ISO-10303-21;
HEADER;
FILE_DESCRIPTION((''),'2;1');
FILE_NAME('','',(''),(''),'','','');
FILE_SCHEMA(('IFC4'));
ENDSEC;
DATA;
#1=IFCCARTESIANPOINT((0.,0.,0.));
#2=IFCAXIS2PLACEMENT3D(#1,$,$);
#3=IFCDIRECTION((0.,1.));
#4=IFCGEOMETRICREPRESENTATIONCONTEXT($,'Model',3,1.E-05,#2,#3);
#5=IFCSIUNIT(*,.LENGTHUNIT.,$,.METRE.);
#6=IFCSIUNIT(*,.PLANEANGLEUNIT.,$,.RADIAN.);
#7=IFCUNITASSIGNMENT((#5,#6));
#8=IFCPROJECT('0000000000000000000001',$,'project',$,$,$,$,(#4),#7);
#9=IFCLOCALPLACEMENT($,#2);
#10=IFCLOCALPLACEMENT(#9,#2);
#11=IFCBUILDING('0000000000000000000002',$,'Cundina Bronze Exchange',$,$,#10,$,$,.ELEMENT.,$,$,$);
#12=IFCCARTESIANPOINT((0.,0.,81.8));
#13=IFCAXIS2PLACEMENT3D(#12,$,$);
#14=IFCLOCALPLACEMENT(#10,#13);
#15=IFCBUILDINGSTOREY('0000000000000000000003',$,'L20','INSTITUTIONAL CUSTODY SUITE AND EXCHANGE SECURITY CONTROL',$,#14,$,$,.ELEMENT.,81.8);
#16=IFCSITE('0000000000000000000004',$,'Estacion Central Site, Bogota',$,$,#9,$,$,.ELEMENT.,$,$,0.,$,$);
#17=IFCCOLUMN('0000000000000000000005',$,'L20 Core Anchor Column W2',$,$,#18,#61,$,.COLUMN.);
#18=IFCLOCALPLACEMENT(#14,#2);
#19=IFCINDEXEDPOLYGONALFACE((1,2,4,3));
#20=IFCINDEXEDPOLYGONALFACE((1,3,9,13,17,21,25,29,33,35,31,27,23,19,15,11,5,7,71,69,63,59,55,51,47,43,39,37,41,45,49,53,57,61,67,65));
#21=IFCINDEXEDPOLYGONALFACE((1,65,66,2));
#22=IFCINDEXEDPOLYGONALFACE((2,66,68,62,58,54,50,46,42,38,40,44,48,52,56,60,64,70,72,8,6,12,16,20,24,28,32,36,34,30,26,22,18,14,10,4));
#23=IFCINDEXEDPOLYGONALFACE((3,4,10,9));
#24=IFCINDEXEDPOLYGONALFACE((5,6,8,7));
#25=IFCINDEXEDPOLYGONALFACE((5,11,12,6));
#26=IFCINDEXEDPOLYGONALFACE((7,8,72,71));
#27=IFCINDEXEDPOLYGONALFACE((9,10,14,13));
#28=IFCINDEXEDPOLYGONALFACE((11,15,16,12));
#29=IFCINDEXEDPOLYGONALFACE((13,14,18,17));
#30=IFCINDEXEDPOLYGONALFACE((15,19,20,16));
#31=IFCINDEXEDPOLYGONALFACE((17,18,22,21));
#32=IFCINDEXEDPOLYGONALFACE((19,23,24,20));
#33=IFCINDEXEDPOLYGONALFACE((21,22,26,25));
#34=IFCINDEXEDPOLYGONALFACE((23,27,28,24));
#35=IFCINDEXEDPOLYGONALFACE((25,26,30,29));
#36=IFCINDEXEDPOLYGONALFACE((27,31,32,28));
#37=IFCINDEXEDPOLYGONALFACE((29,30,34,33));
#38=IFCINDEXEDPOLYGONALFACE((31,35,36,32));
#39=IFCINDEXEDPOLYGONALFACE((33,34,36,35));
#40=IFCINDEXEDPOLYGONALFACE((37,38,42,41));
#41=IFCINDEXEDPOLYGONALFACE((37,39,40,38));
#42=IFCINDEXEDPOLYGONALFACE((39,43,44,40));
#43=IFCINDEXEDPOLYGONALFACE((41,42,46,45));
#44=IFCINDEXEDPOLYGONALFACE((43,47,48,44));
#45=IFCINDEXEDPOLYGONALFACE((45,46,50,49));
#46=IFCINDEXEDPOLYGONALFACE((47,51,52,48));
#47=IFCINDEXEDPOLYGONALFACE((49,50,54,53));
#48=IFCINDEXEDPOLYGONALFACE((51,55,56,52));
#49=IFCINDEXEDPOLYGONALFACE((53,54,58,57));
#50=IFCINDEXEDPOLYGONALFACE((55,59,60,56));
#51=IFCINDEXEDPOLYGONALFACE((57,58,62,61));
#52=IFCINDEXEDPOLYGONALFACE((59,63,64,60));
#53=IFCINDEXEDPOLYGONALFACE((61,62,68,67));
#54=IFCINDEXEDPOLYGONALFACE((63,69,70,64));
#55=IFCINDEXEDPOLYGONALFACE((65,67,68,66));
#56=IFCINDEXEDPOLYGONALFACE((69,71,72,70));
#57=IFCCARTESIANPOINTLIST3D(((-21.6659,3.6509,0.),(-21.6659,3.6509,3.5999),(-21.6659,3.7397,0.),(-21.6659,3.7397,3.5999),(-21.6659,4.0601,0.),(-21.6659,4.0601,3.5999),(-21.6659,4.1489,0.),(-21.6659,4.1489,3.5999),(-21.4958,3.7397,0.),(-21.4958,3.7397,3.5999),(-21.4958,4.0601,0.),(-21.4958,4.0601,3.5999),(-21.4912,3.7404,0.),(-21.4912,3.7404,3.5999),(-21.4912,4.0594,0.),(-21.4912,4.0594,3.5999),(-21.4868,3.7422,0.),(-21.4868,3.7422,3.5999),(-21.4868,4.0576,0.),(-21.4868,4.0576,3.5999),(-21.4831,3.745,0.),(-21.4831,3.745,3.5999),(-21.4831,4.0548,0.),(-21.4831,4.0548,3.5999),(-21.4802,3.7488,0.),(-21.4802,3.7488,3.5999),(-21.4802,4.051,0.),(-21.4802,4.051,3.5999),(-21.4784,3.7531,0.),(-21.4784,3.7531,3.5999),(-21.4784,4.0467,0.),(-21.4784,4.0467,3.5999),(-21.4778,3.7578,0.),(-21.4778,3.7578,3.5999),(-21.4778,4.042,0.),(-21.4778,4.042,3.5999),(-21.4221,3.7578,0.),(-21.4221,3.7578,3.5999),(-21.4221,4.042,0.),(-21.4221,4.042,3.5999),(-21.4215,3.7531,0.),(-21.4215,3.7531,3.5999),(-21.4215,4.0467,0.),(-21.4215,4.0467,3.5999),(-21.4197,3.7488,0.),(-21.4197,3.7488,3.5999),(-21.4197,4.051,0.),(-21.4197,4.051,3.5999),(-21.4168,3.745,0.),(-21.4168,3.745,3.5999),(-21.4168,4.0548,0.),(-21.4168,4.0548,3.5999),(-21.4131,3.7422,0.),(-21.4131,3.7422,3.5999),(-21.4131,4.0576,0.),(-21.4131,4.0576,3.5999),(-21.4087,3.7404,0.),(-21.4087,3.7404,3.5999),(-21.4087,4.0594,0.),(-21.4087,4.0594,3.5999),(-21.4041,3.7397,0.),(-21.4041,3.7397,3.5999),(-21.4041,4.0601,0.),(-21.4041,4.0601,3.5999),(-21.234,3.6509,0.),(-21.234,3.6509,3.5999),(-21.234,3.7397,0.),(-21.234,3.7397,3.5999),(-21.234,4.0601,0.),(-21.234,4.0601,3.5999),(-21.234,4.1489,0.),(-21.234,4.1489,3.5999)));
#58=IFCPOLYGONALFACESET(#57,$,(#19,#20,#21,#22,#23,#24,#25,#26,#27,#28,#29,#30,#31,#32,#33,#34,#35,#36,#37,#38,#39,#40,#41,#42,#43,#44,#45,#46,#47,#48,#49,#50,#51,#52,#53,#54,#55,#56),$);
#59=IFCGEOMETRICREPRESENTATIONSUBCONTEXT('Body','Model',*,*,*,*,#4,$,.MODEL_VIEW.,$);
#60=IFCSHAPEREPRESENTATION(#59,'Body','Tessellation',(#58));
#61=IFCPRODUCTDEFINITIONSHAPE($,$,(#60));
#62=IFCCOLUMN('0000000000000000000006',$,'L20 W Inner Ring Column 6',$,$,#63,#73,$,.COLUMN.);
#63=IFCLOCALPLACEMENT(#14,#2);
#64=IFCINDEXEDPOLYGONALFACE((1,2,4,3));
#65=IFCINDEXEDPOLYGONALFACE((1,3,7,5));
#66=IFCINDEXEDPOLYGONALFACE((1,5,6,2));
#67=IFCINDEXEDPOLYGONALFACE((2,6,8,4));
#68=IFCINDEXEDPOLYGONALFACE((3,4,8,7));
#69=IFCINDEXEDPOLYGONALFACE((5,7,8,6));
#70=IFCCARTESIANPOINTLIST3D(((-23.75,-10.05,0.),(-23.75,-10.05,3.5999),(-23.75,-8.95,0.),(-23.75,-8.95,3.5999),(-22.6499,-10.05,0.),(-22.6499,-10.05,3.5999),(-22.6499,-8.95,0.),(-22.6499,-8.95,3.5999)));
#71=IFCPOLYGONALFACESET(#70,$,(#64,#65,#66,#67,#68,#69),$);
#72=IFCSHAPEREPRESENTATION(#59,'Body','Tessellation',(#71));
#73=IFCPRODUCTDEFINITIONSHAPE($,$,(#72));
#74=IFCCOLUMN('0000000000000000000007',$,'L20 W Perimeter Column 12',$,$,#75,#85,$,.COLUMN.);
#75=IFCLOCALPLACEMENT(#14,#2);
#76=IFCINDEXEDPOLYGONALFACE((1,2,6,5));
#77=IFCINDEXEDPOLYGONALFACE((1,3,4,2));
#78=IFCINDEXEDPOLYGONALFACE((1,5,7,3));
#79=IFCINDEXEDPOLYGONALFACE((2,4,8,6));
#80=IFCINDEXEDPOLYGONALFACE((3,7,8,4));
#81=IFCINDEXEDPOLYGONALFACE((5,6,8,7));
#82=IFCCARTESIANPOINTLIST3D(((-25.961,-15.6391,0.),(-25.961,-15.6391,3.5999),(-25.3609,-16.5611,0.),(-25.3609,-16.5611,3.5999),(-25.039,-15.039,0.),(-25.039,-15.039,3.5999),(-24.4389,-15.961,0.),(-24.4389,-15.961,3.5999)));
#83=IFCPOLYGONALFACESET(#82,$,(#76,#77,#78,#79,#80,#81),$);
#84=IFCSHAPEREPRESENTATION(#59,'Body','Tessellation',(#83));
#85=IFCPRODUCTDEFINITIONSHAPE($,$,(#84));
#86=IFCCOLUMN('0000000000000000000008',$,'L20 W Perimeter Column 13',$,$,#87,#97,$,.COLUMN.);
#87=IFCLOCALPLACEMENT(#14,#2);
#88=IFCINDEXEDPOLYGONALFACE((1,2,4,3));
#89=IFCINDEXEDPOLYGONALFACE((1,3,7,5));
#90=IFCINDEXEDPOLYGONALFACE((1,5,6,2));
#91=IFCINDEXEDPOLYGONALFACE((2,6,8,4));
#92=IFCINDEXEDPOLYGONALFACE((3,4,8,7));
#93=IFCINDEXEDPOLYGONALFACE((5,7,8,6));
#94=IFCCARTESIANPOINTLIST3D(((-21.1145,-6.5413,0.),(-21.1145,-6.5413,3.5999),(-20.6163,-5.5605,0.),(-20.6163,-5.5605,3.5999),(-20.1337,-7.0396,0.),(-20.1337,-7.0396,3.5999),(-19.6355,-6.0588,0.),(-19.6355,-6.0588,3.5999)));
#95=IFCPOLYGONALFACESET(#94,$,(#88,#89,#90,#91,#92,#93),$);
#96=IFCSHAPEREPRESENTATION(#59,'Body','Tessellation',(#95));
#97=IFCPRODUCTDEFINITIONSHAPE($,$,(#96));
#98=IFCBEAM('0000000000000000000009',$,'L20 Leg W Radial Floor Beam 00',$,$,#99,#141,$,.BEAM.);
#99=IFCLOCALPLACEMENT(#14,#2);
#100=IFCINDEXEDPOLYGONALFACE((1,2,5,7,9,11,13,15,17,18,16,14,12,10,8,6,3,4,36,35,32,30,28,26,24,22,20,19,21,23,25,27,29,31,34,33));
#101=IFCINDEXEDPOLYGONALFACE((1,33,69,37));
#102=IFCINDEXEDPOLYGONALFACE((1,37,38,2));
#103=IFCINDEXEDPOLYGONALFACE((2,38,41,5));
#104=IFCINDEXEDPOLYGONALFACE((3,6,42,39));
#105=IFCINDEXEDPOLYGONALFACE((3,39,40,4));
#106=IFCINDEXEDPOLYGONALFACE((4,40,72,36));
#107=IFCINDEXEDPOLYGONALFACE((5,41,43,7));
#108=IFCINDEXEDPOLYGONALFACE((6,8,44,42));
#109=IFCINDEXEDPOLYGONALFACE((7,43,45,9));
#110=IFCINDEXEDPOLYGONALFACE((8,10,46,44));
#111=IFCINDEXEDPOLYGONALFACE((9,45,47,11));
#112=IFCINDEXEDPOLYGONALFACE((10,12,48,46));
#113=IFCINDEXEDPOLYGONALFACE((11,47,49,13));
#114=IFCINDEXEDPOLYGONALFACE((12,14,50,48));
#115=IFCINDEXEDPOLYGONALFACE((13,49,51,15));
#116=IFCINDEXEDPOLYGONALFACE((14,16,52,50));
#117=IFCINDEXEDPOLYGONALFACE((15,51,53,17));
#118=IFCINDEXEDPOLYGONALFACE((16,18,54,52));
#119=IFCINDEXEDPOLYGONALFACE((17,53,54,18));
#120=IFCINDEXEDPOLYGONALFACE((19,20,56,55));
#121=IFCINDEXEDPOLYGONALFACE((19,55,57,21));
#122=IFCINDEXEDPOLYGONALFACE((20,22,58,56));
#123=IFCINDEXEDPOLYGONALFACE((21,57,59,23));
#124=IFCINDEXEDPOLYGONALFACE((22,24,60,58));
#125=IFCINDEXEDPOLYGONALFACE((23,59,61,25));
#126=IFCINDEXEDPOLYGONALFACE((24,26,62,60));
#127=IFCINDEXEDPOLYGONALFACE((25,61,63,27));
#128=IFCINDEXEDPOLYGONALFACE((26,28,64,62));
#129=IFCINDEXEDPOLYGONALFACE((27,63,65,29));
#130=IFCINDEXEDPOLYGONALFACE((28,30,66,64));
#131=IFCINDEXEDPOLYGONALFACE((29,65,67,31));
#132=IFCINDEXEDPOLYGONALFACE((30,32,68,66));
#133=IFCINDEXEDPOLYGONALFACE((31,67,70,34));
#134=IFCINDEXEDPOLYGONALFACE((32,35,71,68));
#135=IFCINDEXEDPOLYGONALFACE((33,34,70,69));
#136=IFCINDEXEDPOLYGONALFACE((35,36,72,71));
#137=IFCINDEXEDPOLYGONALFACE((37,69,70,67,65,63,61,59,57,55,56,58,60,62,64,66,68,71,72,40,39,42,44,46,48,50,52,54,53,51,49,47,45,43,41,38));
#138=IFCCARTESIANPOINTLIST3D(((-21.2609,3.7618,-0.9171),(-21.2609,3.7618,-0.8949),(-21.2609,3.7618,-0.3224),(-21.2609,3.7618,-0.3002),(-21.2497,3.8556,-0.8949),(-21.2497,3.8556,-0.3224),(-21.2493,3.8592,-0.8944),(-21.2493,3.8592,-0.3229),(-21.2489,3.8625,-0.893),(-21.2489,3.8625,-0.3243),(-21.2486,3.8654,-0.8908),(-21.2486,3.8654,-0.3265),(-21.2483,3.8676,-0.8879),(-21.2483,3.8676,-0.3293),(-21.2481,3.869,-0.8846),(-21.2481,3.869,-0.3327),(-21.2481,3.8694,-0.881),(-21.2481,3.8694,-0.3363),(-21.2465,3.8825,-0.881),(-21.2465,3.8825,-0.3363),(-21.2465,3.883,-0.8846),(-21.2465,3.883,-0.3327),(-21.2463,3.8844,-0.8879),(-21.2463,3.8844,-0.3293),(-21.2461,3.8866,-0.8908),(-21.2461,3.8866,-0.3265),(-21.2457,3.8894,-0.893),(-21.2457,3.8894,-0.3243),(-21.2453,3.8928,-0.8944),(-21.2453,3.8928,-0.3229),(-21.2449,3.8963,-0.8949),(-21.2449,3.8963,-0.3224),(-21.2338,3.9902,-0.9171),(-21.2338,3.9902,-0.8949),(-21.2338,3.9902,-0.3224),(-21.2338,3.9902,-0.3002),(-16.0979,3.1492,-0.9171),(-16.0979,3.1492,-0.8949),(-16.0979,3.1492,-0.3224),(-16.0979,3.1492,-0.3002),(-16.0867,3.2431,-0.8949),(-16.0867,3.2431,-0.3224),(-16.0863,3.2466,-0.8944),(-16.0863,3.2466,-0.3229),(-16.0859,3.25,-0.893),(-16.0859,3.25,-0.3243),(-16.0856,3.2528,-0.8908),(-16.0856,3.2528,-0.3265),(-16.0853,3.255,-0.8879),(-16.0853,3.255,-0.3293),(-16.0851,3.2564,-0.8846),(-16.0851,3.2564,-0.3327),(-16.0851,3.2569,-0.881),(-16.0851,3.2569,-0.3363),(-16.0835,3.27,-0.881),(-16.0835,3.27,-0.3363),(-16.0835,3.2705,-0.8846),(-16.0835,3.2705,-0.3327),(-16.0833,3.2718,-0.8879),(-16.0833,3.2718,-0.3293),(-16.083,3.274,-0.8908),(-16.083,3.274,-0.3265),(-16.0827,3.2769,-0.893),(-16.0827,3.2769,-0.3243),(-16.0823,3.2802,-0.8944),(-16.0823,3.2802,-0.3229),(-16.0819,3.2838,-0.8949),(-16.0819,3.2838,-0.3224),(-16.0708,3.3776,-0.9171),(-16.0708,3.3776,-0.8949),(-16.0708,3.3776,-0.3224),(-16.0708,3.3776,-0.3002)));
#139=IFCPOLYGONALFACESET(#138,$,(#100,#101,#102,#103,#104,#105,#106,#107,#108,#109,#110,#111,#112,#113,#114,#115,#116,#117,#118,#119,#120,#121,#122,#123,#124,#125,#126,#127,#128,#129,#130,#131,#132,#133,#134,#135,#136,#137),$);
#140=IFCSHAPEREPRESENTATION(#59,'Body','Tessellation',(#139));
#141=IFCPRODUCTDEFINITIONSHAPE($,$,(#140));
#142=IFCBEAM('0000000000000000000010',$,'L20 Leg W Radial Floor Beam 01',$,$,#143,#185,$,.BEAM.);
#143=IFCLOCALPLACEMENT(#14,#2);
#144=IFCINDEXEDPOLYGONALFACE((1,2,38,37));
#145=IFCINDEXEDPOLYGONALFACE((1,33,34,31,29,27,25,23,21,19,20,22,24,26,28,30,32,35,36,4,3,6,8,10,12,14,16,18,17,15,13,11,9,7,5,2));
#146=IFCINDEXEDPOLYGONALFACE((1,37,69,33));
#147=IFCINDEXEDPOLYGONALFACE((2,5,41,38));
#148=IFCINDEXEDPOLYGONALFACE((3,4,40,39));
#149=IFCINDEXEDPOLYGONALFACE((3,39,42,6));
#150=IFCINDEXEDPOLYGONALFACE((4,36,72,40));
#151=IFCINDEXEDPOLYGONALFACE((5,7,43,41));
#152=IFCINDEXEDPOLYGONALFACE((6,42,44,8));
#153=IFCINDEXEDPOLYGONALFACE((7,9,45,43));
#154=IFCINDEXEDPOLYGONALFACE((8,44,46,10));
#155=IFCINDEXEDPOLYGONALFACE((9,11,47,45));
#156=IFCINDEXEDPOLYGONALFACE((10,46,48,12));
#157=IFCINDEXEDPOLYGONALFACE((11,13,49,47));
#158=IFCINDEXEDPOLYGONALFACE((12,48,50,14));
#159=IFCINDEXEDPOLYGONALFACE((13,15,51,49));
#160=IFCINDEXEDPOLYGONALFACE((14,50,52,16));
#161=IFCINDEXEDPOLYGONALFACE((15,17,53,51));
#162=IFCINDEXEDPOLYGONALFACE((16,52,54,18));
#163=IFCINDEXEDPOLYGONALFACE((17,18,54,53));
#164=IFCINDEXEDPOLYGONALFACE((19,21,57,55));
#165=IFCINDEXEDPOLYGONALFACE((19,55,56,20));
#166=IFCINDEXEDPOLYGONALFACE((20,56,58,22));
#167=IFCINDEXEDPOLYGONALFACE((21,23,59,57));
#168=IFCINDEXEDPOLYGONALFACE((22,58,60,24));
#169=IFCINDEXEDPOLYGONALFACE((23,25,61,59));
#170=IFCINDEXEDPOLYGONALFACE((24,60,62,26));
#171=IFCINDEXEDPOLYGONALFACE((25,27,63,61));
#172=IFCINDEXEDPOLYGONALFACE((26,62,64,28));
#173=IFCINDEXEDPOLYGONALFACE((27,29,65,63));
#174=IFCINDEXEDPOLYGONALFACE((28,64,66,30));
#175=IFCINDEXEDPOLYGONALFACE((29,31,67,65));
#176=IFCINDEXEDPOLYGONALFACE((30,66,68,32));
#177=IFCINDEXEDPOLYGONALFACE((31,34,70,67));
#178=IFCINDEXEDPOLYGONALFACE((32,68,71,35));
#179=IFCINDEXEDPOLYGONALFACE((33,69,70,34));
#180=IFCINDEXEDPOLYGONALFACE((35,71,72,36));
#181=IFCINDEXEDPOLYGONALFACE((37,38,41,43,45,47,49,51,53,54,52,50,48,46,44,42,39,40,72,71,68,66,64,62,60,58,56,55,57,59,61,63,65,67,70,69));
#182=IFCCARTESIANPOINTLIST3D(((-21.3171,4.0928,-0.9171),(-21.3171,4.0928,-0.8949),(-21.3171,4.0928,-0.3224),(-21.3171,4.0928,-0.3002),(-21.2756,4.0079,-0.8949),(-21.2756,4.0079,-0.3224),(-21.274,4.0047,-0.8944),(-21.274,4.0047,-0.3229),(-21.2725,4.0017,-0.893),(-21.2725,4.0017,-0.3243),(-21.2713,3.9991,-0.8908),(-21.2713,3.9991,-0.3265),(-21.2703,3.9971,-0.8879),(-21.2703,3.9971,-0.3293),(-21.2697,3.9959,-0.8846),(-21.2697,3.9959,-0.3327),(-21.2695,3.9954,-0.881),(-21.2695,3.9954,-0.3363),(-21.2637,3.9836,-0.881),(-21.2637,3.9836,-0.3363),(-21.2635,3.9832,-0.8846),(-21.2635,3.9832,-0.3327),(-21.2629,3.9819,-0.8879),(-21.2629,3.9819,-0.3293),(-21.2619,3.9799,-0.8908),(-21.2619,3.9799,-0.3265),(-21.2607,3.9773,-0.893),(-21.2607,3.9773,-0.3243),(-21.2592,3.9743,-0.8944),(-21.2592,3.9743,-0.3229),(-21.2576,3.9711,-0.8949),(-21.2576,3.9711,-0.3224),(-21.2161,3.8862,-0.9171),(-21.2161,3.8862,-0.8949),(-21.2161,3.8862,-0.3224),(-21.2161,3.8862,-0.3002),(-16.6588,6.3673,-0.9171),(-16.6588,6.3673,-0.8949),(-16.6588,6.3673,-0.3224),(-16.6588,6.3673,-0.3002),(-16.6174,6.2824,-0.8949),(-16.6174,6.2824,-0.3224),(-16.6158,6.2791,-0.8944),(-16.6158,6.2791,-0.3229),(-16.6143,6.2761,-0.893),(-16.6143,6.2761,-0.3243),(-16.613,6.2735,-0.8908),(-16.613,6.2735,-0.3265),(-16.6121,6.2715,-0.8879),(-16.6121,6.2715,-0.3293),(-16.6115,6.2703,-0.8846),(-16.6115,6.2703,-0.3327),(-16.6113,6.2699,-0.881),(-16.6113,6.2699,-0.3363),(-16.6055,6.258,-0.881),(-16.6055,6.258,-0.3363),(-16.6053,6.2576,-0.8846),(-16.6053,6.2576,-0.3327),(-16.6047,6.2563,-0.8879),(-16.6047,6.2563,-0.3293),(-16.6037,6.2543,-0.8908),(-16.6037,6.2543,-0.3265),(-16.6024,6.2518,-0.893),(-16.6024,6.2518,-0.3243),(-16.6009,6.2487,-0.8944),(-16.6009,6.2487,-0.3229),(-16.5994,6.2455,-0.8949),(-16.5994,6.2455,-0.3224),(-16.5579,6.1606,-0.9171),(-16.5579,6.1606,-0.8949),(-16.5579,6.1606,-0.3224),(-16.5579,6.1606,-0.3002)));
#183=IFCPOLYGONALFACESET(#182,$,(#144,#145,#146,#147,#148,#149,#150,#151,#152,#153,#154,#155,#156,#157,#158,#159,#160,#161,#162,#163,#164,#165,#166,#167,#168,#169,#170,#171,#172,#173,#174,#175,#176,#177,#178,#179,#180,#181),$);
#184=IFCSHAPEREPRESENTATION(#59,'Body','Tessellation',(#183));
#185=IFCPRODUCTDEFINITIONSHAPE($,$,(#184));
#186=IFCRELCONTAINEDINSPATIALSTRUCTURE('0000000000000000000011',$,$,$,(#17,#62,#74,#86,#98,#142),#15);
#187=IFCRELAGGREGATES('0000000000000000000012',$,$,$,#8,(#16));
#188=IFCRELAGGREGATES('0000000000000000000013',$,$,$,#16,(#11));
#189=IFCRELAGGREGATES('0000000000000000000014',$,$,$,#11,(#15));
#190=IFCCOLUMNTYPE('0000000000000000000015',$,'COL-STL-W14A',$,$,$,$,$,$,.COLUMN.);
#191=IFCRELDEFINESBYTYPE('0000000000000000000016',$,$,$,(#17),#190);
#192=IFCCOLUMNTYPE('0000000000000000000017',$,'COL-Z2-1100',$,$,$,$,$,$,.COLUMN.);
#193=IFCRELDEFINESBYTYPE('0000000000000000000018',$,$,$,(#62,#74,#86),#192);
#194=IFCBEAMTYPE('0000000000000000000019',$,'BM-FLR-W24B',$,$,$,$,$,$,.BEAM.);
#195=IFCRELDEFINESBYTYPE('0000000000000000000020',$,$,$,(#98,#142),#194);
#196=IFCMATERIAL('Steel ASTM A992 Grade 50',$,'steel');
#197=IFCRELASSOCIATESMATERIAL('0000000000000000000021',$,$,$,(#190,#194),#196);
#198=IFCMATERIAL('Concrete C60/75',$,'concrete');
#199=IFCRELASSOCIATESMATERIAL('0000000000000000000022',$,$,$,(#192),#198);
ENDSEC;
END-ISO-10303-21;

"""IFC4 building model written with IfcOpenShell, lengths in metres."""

from ifc_helpers import new_model, si_unit, direction, frame, origin, origin_2d, place, context, subcontext, project, spatial, rectangle, i_section, extrude, material, material_profile, profile_set, type_object, element, save


model = new_model("IFC4")

# Units and contexts
model_context = context("Model", 3, precision=1e-05, world=origin(), true_north=direction((0.0, 1.0)))
body_context = subcontext(model_context, "Body", "Model", "MODEL_VIEW")
ifc_project = project(units=[si_unit("LENGTHUNIT", "METRE"), si_unit("PLANEANGLEUNIT", "RADIAN")], contexts=[model_context])

# Site, building, storey
site_placement = place(None, origin())
site = spatial("IfcSite", under=ifc_project, at=site_placement, Name="Estacion Central Site, Bogota", CompositionType="ELEMENT", RefElevation=0.0)
building_placement = place(site_placement, origin())
building = spatial("IfcBuilding", under=site, at=building_placement, Name="Cundina Bronze Exchange", CompositionType="ELEMENT")
storey_placement = place(building_placement, frame((0.0, 0.0, 81.8)))
storey = spatial("IfcBuildingStorey", under=building, at=storey_placement, Name="L20", Description="INSTITUTIONAL CUSTODY SUITE AND EXCHANGE SECURITY CONTROL", CompositionType="ELEMENT", Elevation=81.8)

# Columns
ifc_material_1 = material(Name="Steel ASTM A992 Grade 50", Category="steel")
ifc_material_profile_1 = material_profile(ifc_material_1, i_section(OverallWidth=0.4319, OverallDepth=0.498, WebThickness=0.0557, FlangeThickness=0.0889, FilletRadius=0.0181, at=origin_2d()), Name="W14X500", Category="steel")
ifc_profile_set_1 = profile_set([ifc_material_profile_1], Name="Steel ASTM A992 Grade 50")
column_type_1 = type_object("IfcColumnType", Name="COL-STL-W14A", PredefinedType="COLUMN", material=ifc_profile_set_1)
column_placement = place(storey_placement, frame((-21.45, 3.8999, 0.0), z_axis=(0.0, 0.0, 1.0), x_axis=(1.0, 0.0, 0.0)))
element("IfcColumn", 1, at=column_placement, inside=storey, type_object=column_type_1, Name="L20 Core Anchor Column W2", PredefinedType="COLUMN", context=body_context, shape_type="SweptSolid", body=[
    extrude(i_section(OverallWidth=0.4319, OverallDepth=0.498, WebThickness=0.0557, FlangeThickness=0.0889, FilletRadius=0.0181, at=origin_2d()), origin(), (0.0, 0.0, 1.0), 3.5999),
])
ifc_material_2 = material(Name="Concrete C60/75", Category="concrete")
ifc_material_profile_2 = material_profile(ifc_material_2, rectangle(XDim=1.1001, YDim=1.1001, at=origin_2d()), Name="RC1100X1100", Category="concrete")
ifc_profile_set_2 = profile_set([ifc_material_profile_2], Name="Concrete C60/75")
column_type_2 = type_object("IfcColumnType", Name="COL-Z2-1100", PredefinedType="COLUMN", material=ifc_profile_set_2)
for number, where, z_axis, x_axis, name in (
    (2, (-23.2, -9.5, 0.0), (0.0, 0.0, 1.0), (1.0, 0.0, 0.0), "L20 W Inner Ring Column 6"),
    (3, (-25.2, -15.8, 0.0), (0.0, 0.0, 1.0), (0.8381, 0.545517, 0.0), "L20 W Perimeter Column 12"),
    (4, (-20.375, -6.3, 0.0), (0.0, 0.0, 1.0), (0.452902, 0.891561, 0.0), "L20 W Perimeter Column 13"),
):
    element("IfcColumn", number, at=place(storey_placement, frame(where, z_axis=z_axis, x_axis=x_axis)), inside=storey, type_object=column_type_2, Name=name, PredefinedType="COLUMN", context=body_context, shape_type="SweptSolid", body=[
        extrude(rectangle(XDim=1.1001, YDim=1.1001, at=origin_2d()), origin(), (0.0, 0.0, 1.0), 3.5999),
    ])

# Beams
ifc_material_profile_3 = material_profile(ifc_material_1, i_section(OverallWidth=0.23, OverallDepth=0.6169, WebThickness=0.0132, FlangeThickness=0.0222, FilletRadius=0.0139, at=origin_2d()), Name="W24X94", Category="steel")
ifc_profile_set_3 = profile_set([ifc_material_profile_3], Name="Steel ASTM A992 Grade 50")
beam_type_1 = type_object("IfcBeamType", Name="BM-FLR-W24B", PredefinedType="BEAM", material=ifc_profile_set_3)
beam_1_placement = place(storey_placement, frame((-21.2473, 3.876, -0.6086), z_axis=(0.993036, -0.117814, 0.0), x_axis=(0.117814, 0.993036, 0.0)))
element("IfcBeam", 5, at=beam_1_placement, inside=storey, type_object=beam_type_1, Name="L20 Leg W Radial Floor Beam 00", PredefinedType="BEAM", context=body_context, shape_type="SweptSolid", body=[
    extrude(i_section(OverallWidth=0.23, OverallDepth=0.6169, WebThickness=0.0132, FlangeThickness=0.0222, FilletRadius=0.0139, at=origin_2d()), origin(), (0.0, 0.0, 1.0), 5.1992),
])
beam_2_placement = place(storey_placement, frame((-21.2666, 3.9895, -0.6086), z_axis=(0.898607, 0.438754, 0.0), x_axis=(-0.438754, 0.898607, 0.0)))
element("IfcBeam", 6, at=beam_2_placement, inside=storey, type_object=beam_type_1, Name="L20 Leg W Radial Floor Beam 01", PredefinedType="BEAM", context=body_context, shape_type="SweptSolid", body=[
    extrude(i_section(OverallWidth=0.23, OverallDepth=0.6169, WebThickness=0.0132, FlangeThickness=0.0222, FilletRadius=0.0139, at=origin_2d()), origin(), (0.0, 0.0, 1.0), 5.1838),
])

save(model, "model.ifc")
